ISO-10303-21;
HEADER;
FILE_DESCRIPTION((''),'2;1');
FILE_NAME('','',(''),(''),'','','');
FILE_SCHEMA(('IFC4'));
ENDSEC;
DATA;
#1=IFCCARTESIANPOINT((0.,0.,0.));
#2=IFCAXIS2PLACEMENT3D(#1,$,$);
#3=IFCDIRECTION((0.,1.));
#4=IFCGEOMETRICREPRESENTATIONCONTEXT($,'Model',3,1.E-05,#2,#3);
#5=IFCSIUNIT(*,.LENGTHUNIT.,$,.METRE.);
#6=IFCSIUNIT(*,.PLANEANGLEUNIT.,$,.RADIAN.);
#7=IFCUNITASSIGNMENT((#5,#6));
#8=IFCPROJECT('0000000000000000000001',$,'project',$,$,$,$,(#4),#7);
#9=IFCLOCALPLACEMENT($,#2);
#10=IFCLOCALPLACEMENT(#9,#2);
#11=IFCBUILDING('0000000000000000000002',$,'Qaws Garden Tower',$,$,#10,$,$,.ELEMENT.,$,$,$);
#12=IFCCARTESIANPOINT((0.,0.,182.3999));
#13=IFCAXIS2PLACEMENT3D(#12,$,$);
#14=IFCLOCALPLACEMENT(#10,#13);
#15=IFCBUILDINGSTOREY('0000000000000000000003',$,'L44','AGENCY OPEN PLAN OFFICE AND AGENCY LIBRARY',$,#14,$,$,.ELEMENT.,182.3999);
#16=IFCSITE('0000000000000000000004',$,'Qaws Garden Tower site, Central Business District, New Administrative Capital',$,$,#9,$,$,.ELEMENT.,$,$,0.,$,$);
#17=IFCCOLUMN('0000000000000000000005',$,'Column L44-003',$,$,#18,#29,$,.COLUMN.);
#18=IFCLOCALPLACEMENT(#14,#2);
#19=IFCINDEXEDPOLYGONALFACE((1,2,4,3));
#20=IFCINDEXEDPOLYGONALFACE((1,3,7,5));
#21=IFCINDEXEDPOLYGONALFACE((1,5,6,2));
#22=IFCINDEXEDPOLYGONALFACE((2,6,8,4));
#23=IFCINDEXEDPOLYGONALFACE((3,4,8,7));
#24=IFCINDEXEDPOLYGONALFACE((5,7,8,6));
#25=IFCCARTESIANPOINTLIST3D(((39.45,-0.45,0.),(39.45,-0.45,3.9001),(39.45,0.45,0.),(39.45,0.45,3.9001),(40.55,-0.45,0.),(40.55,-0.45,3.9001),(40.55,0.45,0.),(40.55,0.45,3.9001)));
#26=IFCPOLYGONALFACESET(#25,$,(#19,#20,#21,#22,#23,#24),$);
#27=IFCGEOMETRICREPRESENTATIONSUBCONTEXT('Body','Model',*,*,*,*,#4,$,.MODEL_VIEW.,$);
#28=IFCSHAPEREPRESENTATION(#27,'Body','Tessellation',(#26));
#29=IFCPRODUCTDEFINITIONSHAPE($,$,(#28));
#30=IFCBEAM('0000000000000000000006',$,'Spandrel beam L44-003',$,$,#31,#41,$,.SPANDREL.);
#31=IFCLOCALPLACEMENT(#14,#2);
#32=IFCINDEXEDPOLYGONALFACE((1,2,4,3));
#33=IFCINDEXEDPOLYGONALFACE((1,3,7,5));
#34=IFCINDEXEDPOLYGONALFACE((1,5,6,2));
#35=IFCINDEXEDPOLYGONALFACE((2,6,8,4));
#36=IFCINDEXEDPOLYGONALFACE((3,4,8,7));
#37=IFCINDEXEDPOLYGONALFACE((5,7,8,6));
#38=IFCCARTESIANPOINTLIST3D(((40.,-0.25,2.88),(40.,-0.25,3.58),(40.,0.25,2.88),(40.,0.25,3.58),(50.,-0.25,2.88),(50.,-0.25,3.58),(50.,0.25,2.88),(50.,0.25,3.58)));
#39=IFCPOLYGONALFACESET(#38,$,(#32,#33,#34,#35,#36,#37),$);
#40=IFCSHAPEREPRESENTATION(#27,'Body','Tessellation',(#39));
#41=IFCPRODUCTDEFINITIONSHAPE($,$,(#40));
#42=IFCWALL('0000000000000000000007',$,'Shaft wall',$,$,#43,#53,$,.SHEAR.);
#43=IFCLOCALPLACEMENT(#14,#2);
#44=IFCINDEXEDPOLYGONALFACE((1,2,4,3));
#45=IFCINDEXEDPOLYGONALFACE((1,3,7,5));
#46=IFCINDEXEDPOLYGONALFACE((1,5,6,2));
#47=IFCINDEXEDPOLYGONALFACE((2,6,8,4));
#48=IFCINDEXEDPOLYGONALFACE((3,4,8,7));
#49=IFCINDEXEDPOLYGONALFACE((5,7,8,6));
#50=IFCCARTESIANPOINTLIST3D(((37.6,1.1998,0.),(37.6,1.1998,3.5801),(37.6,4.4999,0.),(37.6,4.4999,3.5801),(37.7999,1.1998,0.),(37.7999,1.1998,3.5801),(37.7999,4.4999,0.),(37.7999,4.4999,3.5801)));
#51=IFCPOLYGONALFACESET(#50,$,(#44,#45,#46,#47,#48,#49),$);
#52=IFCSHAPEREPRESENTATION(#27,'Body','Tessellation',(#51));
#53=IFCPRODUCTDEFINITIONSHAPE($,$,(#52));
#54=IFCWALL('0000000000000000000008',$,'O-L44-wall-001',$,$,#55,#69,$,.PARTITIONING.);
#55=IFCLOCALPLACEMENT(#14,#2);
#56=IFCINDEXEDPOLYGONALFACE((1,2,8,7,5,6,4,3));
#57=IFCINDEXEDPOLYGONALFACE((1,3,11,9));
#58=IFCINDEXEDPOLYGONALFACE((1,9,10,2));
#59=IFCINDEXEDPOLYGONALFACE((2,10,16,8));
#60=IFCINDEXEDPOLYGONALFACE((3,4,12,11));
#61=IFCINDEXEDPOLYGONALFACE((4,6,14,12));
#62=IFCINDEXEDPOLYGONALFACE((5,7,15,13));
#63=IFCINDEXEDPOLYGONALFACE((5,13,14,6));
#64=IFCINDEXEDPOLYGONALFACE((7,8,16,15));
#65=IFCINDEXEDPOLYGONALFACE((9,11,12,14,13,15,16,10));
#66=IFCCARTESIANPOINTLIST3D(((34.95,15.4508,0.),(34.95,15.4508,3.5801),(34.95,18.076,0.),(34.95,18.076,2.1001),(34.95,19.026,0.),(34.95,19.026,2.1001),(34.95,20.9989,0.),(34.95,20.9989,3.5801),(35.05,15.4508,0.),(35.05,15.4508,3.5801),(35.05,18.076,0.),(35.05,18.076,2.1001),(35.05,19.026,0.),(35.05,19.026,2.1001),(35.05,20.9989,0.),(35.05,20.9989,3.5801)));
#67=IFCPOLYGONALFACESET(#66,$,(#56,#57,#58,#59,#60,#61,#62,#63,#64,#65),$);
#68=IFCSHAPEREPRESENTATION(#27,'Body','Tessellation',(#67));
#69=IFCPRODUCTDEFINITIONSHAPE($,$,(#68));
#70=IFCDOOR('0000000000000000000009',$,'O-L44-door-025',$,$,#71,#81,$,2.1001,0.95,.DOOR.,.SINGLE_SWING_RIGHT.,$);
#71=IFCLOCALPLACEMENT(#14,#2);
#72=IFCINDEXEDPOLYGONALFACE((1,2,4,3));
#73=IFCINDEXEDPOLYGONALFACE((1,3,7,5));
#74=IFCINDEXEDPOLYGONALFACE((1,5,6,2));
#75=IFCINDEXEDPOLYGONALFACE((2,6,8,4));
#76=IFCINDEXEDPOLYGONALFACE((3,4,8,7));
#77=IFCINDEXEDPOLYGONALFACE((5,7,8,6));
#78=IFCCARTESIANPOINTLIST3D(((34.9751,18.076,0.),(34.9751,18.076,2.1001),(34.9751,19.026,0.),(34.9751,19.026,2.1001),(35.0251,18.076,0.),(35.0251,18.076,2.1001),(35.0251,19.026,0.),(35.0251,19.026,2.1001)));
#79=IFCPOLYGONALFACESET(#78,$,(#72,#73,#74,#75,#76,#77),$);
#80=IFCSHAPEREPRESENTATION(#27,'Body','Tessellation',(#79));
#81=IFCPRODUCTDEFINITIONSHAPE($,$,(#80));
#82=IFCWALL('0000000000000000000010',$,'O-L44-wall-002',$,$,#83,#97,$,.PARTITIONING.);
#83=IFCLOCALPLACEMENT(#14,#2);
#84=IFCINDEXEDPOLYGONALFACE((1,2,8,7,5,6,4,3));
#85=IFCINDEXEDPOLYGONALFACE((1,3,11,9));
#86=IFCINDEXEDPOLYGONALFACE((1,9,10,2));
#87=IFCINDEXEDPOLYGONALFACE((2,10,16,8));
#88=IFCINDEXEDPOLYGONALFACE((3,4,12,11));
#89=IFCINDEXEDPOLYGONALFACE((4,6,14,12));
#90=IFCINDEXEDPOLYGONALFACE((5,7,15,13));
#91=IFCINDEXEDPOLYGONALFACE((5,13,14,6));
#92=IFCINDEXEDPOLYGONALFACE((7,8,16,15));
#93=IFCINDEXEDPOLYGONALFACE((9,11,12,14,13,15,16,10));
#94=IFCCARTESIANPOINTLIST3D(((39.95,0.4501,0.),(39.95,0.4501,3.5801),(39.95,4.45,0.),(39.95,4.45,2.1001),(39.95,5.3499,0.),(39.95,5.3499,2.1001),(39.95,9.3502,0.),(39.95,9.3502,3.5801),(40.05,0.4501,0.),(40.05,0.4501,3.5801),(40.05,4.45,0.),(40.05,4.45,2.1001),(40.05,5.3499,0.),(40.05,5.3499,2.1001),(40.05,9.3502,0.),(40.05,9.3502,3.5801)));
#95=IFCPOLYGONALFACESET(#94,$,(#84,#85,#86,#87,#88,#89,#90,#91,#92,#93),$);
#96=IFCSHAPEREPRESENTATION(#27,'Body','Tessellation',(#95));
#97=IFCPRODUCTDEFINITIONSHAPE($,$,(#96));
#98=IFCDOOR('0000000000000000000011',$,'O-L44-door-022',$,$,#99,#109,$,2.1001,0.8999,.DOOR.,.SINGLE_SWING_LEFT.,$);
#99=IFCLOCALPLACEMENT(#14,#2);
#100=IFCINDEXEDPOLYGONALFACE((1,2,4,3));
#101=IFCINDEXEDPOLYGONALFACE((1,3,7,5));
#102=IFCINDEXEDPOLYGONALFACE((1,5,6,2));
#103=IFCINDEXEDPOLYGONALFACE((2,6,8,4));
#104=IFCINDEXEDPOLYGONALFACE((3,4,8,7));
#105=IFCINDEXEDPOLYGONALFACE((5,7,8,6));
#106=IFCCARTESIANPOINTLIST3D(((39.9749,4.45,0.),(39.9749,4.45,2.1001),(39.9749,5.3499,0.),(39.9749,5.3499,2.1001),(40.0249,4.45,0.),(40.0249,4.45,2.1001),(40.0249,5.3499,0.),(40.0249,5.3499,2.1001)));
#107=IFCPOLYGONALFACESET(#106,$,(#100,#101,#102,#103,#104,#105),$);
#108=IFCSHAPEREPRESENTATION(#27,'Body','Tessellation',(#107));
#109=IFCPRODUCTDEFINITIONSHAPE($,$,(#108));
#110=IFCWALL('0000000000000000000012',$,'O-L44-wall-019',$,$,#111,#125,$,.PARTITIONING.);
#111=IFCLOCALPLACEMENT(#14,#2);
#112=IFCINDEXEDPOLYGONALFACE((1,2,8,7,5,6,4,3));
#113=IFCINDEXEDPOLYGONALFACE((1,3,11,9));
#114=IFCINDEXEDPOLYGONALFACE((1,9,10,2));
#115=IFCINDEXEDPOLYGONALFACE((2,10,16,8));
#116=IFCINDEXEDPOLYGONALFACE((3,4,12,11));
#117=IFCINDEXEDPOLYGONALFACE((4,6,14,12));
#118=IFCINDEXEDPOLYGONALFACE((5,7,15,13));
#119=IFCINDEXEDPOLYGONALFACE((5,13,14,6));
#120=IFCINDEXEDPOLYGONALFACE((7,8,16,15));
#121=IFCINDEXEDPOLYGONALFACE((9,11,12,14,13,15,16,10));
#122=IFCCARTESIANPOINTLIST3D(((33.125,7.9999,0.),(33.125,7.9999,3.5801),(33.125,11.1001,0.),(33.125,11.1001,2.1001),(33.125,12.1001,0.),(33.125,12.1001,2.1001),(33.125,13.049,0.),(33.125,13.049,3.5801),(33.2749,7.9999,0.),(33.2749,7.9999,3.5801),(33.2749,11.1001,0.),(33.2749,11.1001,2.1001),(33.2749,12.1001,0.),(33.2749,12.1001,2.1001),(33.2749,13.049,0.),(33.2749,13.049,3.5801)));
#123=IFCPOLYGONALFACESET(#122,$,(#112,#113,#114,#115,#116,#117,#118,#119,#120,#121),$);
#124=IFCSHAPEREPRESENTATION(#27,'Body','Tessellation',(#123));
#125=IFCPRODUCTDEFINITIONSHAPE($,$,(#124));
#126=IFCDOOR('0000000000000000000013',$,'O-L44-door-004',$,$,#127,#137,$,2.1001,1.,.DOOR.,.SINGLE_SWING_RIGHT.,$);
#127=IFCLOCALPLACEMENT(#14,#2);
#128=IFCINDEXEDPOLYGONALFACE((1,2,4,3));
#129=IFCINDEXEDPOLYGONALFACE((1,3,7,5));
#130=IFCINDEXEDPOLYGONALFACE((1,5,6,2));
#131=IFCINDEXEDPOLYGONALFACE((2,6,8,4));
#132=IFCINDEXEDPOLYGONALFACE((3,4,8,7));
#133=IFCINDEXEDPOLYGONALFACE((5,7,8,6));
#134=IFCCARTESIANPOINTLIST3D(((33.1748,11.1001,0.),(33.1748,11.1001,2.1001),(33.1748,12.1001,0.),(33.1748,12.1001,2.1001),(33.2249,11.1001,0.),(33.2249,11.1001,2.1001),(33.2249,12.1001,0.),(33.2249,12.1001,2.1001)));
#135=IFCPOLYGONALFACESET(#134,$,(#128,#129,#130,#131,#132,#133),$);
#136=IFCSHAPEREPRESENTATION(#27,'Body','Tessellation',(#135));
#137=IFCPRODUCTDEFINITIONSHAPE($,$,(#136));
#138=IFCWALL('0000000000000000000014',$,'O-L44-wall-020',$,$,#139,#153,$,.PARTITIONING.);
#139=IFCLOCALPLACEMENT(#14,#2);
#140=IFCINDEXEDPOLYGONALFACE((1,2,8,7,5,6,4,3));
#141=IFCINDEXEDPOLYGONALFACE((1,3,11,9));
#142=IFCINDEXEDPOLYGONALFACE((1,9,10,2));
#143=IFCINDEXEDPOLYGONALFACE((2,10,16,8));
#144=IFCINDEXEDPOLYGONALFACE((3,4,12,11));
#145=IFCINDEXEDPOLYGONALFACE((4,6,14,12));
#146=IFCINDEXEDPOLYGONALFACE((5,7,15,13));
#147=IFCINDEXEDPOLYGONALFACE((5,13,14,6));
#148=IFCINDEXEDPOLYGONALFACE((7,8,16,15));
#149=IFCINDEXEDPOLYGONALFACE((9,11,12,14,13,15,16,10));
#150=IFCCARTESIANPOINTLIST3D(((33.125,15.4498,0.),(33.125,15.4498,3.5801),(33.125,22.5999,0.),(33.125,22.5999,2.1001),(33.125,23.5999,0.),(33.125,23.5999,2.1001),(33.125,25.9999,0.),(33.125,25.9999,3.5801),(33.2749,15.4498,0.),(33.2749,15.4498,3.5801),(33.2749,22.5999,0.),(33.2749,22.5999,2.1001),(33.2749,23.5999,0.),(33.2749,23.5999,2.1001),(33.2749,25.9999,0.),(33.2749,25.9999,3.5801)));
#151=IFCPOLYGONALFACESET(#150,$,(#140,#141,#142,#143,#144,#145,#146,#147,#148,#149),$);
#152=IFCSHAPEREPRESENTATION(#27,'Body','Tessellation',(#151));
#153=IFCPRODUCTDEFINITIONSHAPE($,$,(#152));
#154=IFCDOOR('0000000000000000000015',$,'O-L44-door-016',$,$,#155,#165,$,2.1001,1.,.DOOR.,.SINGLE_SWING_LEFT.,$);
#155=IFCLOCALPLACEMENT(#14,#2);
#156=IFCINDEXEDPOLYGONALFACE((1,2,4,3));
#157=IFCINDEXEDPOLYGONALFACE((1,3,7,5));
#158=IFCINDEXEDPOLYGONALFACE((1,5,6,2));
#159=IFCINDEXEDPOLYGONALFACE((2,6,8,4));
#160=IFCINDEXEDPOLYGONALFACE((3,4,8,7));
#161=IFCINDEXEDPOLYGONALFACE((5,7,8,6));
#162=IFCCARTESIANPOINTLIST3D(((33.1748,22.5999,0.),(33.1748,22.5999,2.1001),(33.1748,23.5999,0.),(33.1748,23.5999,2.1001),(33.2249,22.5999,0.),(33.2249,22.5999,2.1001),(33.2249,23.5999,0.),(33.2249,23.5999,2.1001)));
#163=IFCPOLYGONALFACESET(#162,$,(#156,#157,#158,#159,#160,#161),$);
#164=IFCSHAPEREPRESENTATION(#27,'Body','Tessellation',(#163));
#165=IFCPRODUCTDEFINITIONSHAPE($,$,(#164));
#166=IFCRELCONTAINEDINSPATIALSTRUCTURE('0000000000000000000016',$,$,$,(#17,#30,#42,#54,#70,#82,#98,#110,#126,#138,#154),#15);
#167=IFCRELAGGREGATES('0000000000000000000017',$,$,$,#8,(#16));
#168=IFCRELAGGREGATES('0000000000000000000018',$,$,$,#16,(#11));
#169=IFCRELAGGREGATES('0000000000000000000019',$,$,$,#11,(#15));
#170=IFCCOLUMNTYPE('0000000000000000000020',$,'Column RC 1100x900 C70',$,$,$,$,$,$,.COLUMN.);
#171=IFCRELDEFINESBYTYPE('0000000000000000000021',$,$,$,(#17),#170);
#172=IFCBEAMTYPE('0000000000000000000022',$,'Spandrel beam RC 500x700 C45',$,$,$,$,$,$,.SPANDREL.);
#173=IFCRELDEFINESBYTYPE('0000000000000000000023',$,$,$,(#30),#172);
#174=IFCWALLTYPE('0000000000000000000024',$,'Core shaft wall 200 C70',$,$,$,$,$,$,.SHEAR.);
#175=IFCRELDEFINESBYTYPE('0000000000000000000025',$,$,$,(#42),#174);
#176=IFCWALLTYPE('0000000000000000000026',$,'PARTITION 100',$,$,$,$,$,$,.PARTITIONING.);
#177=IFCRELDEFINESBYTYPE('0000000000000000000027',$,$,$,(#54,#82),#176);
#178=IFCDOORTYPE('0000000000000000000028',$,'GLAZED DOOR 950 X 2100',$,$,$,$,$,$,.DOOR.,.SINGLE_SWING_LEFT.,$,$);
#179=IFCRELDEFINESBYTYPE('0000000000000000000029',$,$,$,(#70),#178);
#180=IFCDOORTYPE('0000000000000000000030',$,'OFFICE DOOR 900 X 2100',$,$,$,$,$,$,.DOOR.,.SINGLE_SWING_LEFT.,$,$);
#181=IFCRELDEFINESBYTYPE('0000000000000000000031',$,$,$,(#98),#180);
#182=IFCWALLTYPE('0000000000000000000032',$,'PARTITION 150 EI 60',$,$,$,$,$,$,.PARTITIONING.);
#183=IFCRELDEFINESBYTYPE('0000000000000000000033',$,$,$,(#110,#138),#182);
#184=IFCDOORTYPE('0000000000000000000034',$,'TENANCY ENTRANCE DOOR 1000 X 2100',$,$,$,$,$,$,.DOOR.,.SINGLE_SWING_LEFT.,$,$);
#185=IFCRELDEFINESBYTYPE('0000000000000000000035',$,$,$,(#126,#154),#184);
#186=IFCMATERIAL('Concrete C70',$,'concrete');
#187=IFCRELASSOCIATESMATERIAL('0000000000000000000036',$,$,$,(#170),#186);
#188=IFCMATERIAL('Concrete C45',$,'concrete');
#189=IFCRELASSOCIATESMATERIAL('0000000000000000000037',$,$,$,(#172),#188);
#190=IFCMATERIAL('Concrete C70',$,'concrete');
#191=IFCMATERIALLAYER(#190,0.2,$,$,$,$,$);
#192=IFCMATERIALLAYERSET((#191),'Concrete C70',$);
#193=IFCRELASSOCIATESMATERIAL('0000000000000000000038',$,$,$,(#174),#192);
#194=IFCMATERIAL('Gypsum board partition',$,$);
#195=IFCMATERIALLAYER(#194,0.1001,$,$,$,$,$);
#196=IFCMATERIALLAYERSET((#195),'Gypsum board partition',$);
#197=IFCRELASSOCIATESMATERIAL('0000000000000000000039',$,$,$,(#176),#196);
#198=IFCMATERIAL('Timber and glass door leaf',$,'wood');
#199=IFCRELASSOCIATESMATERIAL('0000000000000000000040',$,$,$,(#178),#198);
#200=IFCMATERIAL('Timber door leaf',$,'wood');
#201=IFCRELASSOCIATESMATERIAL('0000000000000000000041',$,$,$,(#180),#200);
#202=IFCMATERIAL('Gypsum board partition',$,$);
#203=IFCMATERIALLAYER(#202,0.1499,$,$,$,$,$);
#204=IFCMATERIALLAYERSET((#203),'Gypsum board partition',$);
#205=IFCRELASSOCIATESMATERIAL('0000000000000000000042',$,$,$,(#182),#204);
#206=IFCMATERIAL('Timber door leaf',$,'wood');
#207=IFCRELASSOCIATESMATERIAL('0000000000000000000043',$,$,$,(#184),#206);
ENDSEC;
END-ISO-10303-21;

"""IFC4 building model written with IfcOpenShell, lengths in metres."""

from ifc_helpers import new_model, si_unit, direction, frame, frame_2d, origin, origin_2d, place, context, subcontext, project, spatial, rectangle, extrude, material, layer, layer_set, material_profile, profile_set, type_object, element, fill, save


model = new_model("IFC4")

# Units and contexts
model_context = context("Model", 3, precision=1e-05, world=origin(), true_north=direction((0.0, 1.0)))
body_context = subcontext(model_context, "Body", "Model", "MODEL_VIEW")
ifc_project = project(units=[si_unit("LENGTHUNIT", "METRE"), si_unit("PLANEANGLEUNIT", "RADIAN")], contexts=[model_context])

# Site, building, storey
site_placement = place(None, origin())
site = spatial("IfcSite", under=ifc_project, at=site_placement, Name="Qaws Garden Tower site, Central Business District, New Administrative Capital", CompositionType="ELEMENT", RefElevation=0.0)
building_placement = place(site_placement, origin())
building = spatial("IfcBuilding", under=site, at=building_placement, Name="Qaws Garden Tower", CompositionType="ELEMENT")
storey_placement = place(building_placement, frame((0.0, 0.0, 182.3999)))
storey = spatial("IfcBuildingStorey", under=building, at=storey_placement, Name="L44", Description="AGENCY OPEN PLAN OFFICE AND AGENCY LIBRARY", CompositionType="ELEMENT", Elevation=182.3999)

# Column
ifc_material_1 = material(Name="Concrete C70", Category="concrete")
ifc_material_profile_1 = material_profile(ifc_material_1, rectangle(XDim=1.1001, YDim=0.8999, at=origin_2d()), Name="RC 1100x900")
ifc_profile_set_1 = profile_set([ifc_material_profile_1], Name="Concrete C70")
column_type = type_object("IfcColumnType", Name="Column RC 1100x900 C70", PredefinedType="COLUMN", material=ifc_profile_set_1)
column_placement = place(storey_placement, frame((40.0, 0.0, 0.0), z_axis=(0.0, 0.0, 1.0), x_axis=(1.0, 0.0, 0.0)))
element("IfcColumn", 1, at=column_placement, inside=storey, type_object=column_type, Name="Column L44-003", PredefinedType="COLUMN", context=body_context, shape_type="SweptSolid", body=[
    extrude(rectangle(XDim=1.1001, YDim=0.8999, at=origin_2d()), origin(), (0.0, 0.0, 1.0), 3.9001),
])

# Beam
ifc_material_2 = material(Name="Concrete C45", Category="concrete")
ifc_material_profile_2 = material_profile(ifc_material_2, rectangle(XDim=0.5, YDim=0.7, at=origin_2d()), Name="RC 500x700")
ifc_profile_set_2 = profile_set([ifc_material_profile_2], Name="Concrete C45")
beam_type = type_object("IfcBeamType", Name="Spandrel beam RC 500x700 C45", PredefinedType="SPANDREL", material=ifc_profile_set_2)
beam_placement = place(storey_placement, frame((40.0, 0.0, 3.23), z_axis=(1.0, 0.0, 0.0), x_axis=(0.0, 1.0, 0.0)))
element("IfcBeam", 2, at=beam_placement, inside=storey, type_object=beam_type, Name="Spandrel beam L44-003", PredefinedType="SPANDREL", context=body_context, shape_type="SweptSolid", body=[
    extrude(rectangle(XDim=0.5, YDim=0.7, at=origin_2d()), origin(), (0.0, 0.0, 1.0), 10.0),
])

# Wall
ifc_material_3 = material(Name="Concrete C70", Category="concrete")
ifc_layer_1 = layer(ifc_material_3, 0.2)
ifc_layer_set_1 = layer_set([ifc_layer_1], Name="Concrete C70")
wall_type_1 = type_object("IfcWallType", Name="Core shaft wall 200 C70", PredefinedType="SHEAR", material=ifc_layer_set_1)
wall_1_placement = place(storey_placement, frame((37.7, 1.2, 0.0), z_axis=(0.0, 0.0, 1.0), x_axis=(0.0, 1.0, 0.0)))
element("IfcWall", 3, at=wall_1_placement, inside=storey, type_object=wall_type_1, Name="Shaft wall", PredefinedType="SHEAR", context=body_context, shape_type="SweptSolid", body=[
    extrude(rectangle(XDim=3.3, YDim=0.2, at=frame_2d((1.6499, 0.0))), origin(), (0.0, 0.0, 1.0), 3.5801),
])

# Walls, openings, doors
ifc_material_4 = material(Name="Gypsum board partition")
ifc_layer_2 = layer(ifc_material_4, 0.1001)
ifc_layer_set_2 = layer_set([ifc_layer_2], Name="Gypsum board partition")
wall_type_2 = type_object("IfcWallType", Name="PARTITION 100", PredefinedType="PARTITIONING", material=ifc_layer_set_2)
wall_2_placement = place(storey_placement, frame((35.0, 15.4509, 0.0), z_axis=(0.0, 0.0, 1.0), x_axis=(0.0, 1.0, 0.0)))
wall_2 = element("IfcWall", 4, at=wall_2_placement, inside=storey, type_object=wall_type_2, Name="O-L44-wall-001", PredefinedType="PARTITIONING", context=body_context, shape_type="SweptSolid", body=[
    extrude(rectangle(XDim=5.5481, YDim=0.1001, at=frame_2d((2.7739, 0.0))), origin(), (0.0, 0.0, 1.0), 3.5801),
])
opening_1_placement = place(wall_2_placement, frame((2.625, 0.0, 0.0)))
opening_1 = element("IfcOpeningElement", 5, at=opening_1_placement, cuts=wall_2, PredefinedType="OPENING", context=body_context, shape_type="SweptSolid", body=[
    extrude(rectangle(XDim=0.95, YDim=2.1001, at=frame_2d((0.4751, 1.05))), frame((0.0, 0.0601, 0.0), z_axis=(0.0, -1.0, 0.0), x_axis=(1.0, 0.0, 0.0)), (0.0, 0.0, 1.0), 0.1201),
])
ifc_material_5 = material(Name="Timber and glass door leaf", Category="wood")
door_type_1 = type_object("IfcDoorType", Name="GLAZED DOOR 950 X 2100", OperationType="SINGLE_SWING_LEFT", PredefinedType="DOOR", material=ifc_material_5)
door_1_placement = place(opening_1_placement, origin())
door_1 = element("IfcDoor", 6, at=door_1_placement, inside=storey, type_object=door_type_1, Name="O-L44-door-025", OperationType="SINGLE_SWING_RIGHT", OverallHeight=2.1001, OverallWidth=0.95, PredefinedType="DOOR", context=body_context, shape_type="SweptSolid", body=[
    extrude(rectangle(XDim=0.95, YDim=2.1001, at=frame_2d((0.4751, 1.05))), frame((0.0, 0.0249, 0.0), z_axis=(0.0, -1.0, 0.0), x_axis=(1.0, 0.0, 0.0)), (0.0, 0.0, 1.0), 0.05),
])
fill(opening_1, door_1)
wall_3_placement = place(storey_placement, frame((40.0, 0.45, 0.0), z_axis=(0.0, 0.0, 1.0), x_axis=(0.0, 1.0, 0.0)))
wall_3 = element("IfcWall", 7, at=wall_3_placement, inside=storey, type_object=wall_type_2, Name="O-L44-wall-002", PredefinedType="PARTITIONING", context=body_context, shape_type="SweptSolid", body=[
    extrude(rectangle(XDim=8.9001, YDim=0.1001, at=frame_2d((4.4502, 0.0))), origin(), (0.0, 0.0, 1.0), 3.5801),
])
opening_2_placement = place(wall_3_placement, frame((4.0, 0.0, 0.0)))
opening_2 = element("IfcOpeningElement", 8, at=opening_2_placement, cuts=wall_3, PredefinedType="OPENING", context=body_context, shape_type="SweptSolid", body=[
    extrude(rectangle(XDim=0.8999, YDim=2.1001, at=frame_2d((0.45, 1.05))), frame((0.0, 0.0601, 0.0), z_axis=(0.0, -1.0, 0.0), x_axis=(1.0, 0.0, 0.0)), (0.0, 0.0, 1.0), 0.1201),
])
ifc_material_6 = material(Name="Timber door leaf", Category="wood")
door_type_2 = type_object("IfcDoorType", Name="OFFICE DOOR 900 X 2100", OperationType="SINGLE_SWING_LEFT", PredefinedType="DOOR", material=ifc_material_6)
door_2_placement = place(opening_2_placement, frame((0.8999, 0.0, 0.0), z_axis=(0.0, 0.0, 1.0), x_axis=(-1.0, 0.0, 0.0)))
door_2 = element("IfcDoor", 9, at=door_2_placement, inside=storey, type_object=door_type_2, Name="O-L44-door-022", OperationType="SINGLE_SWING_LEFT", OverallHeight=2.1001, OverallWidth=0.8999, PredefinedType="DOOR", context=body_context, shape_type="SweptSolid", body=[
    extrude(rectangle(XDim=0.8999, YDim=2.1001, at=frame_2d((0.45, 1.05))), frame((0.0, 0.0249, 0.0), z_axis=(0.0, -1.0, 0.0), x_axis=(1.0, 0.0, 0.0)), (0.0, 0.0, 1.0), 0.05),
])
fill(opening_2, door_2)
ifc_material_7 = material(Name="Gypsum board partition")
ifc_layer_3 = layer(ifc_material_7, 0.1499)
ifc_layer_set_3 = layer_set([ifc_layer_3], Name="Gypsum board partition")
wall_type_3 = type_object("IfcWallType", Name="PARTITION 150 EI 60", PredefinedType="PARTITIONING", material=ifc_layer_set_3)
wall_4_placement = place(storey_placement, frame((33.2, 8.0, 0.0), z_axis=(0.0, 0.0, 1.0), x_axis=(0.0, 1.0, 0.0)))
wall_4 = element("IfcWall", 10, at=wall_4_placement, inside=storey, type_object=wall_type_3, Name="O-L44-wall-019", PredefinedType="PARTITIONING", context=body_context, shape_type="SweptSolid", body=[
    extrude(rectangle(XDim=5.0491, YDim=0.1499, at=frame_2d((2.5244, 0.0))), origin(), (0.0, 0.0, 1.0), 3.5801),
])
opening_3_placement = place(wall_4_placement, frame((3.1001, 0.0, 0.0)))
opening_3 = element("IfcOpeningElement", 11, at=opening_3_placement, cuts=wall_4, PredefinedType="OPENING", context=body_context, shape_type="SweptSolid", body=[
    extrude(rectangle(XDim=1.0, YDim=2.1001, at=frame_2d((0.5, 1.05))), frame((0.0, 0.085, 0.0), z_axis=(0.0, -1.0, 0.0), x_axis=(1.0, 0.0, 0.0)), (0.0, 0.0, 1.0), 0.1699),
])
ifc_material_8 = material(Name="Timber door leaf", Category="wood")
door_type_3 = type_object("IfcDoorType", Name="TENANCY ENTRANCE DOOR 1000 X 2100", OperationType="SINGLE_SWING_LEFT", PredefinedType="DOOR", material=ifc_material_8)
door_3_placement = place(opening_3_placement, frame((1.0, 0.0, 0.0), z_axis=(0.0, 0.0, 1.0), x_axis=(-1.0, 0.0, 0.0)))
door_3 = element("IfcDoor", 12, at=door_3_placement, inside=storey, type_object=door_type_3, Name="O-L44-door-004", OperationType="SINGLE_SWING_RIGHT", OverallHeight=2.1001, OverallWidth=1.0, PredefinedType="DOOR", context=body_context, shape_type="SweptSolid", body=[
    extrude(rectangle(XDim=1.0, YDim=2.1001, at=frame_2d((0.5, 1.05))), frame((0.0, 0.0249, 0.0), z_axis=(0.0, -1.0, 0.0), x_axis=(1.0, 0.0, 0.0)), (0.0, 0.0, 1.0), 0.05),
])
fill(opening_3, door_3)
wall_5_placement = place(storey_placement, frame((33.2, 15.45, 0.0), z_axis=(0.0, 0.0, 1.0), x_axis=(0.0, 1.0, 0.0)))
wall_5 = element("IfcWall", 13, at=wall_5_placement, inside=storey, type_object=wall_type_3, Name="O-L44-wall-020", PredefinedType="PARTITIONING", context=body_context, shape_type="SweptSolid", body=[
    extrude(rectangle(XDim=10.55, YDim=0.1499, at=frame_2d((5.2749, 0.0))), origin(), (0.0, 0.0, 1.0), 3.5801),
])
opening_4_placement = place(wall_5_placement, frame((7.1499, 0.0, 0.0)))
opening_4 = element("IfcOpeningElement", 14, at=opening_4_placement, cuts=wall_5, PredefinedType="OPENING", context=body_context, shape_type="SweptSolid", body=[
    extrude(rectangle(XDim=1.0, YDim=2.1001, at=frame_2d((0.5, 1.05))), frame((0.0, 0.085, 0.0), z_axis=(0.0, -1.0, 0.0), x_axis=(1.0, 0.0, 0.0)), (0.0, 0.0, 1.0), 0.1699),
])
door_4_placement = place(opening_4_placement, frame((1.0, 0.0, 0.0), z_axis=(0.0, 0.0, 1.0), x_axis=(-1.0, 0.0, 0.0)))
door_4 = element("IfcDoor", 15, at=door_4_placement, inside=storey, type_object=door_type_3, Name="O-L44-door-016", OperationType="SINGLE_SWING_LEFT", OverallHeight=2.1001, OverallWidth=1.0, PredefinedType="DOOR", context=body_context, shape_type="SweptSolid", body=[
    extrude(rectangle(XDim=1.0, YDim=2.1001, at=frame_2d((0.5, 1.05))), frame((0.0, 0.0249, 0.0), z_axis=(0.0, -1.0, 0.0), x_axis=(1.0, 0.0, 0.0)), (0.0, 0.0, 1.0), 0.05),
])
fill(opening_4, door_4)

save(model, "model.ifc")
